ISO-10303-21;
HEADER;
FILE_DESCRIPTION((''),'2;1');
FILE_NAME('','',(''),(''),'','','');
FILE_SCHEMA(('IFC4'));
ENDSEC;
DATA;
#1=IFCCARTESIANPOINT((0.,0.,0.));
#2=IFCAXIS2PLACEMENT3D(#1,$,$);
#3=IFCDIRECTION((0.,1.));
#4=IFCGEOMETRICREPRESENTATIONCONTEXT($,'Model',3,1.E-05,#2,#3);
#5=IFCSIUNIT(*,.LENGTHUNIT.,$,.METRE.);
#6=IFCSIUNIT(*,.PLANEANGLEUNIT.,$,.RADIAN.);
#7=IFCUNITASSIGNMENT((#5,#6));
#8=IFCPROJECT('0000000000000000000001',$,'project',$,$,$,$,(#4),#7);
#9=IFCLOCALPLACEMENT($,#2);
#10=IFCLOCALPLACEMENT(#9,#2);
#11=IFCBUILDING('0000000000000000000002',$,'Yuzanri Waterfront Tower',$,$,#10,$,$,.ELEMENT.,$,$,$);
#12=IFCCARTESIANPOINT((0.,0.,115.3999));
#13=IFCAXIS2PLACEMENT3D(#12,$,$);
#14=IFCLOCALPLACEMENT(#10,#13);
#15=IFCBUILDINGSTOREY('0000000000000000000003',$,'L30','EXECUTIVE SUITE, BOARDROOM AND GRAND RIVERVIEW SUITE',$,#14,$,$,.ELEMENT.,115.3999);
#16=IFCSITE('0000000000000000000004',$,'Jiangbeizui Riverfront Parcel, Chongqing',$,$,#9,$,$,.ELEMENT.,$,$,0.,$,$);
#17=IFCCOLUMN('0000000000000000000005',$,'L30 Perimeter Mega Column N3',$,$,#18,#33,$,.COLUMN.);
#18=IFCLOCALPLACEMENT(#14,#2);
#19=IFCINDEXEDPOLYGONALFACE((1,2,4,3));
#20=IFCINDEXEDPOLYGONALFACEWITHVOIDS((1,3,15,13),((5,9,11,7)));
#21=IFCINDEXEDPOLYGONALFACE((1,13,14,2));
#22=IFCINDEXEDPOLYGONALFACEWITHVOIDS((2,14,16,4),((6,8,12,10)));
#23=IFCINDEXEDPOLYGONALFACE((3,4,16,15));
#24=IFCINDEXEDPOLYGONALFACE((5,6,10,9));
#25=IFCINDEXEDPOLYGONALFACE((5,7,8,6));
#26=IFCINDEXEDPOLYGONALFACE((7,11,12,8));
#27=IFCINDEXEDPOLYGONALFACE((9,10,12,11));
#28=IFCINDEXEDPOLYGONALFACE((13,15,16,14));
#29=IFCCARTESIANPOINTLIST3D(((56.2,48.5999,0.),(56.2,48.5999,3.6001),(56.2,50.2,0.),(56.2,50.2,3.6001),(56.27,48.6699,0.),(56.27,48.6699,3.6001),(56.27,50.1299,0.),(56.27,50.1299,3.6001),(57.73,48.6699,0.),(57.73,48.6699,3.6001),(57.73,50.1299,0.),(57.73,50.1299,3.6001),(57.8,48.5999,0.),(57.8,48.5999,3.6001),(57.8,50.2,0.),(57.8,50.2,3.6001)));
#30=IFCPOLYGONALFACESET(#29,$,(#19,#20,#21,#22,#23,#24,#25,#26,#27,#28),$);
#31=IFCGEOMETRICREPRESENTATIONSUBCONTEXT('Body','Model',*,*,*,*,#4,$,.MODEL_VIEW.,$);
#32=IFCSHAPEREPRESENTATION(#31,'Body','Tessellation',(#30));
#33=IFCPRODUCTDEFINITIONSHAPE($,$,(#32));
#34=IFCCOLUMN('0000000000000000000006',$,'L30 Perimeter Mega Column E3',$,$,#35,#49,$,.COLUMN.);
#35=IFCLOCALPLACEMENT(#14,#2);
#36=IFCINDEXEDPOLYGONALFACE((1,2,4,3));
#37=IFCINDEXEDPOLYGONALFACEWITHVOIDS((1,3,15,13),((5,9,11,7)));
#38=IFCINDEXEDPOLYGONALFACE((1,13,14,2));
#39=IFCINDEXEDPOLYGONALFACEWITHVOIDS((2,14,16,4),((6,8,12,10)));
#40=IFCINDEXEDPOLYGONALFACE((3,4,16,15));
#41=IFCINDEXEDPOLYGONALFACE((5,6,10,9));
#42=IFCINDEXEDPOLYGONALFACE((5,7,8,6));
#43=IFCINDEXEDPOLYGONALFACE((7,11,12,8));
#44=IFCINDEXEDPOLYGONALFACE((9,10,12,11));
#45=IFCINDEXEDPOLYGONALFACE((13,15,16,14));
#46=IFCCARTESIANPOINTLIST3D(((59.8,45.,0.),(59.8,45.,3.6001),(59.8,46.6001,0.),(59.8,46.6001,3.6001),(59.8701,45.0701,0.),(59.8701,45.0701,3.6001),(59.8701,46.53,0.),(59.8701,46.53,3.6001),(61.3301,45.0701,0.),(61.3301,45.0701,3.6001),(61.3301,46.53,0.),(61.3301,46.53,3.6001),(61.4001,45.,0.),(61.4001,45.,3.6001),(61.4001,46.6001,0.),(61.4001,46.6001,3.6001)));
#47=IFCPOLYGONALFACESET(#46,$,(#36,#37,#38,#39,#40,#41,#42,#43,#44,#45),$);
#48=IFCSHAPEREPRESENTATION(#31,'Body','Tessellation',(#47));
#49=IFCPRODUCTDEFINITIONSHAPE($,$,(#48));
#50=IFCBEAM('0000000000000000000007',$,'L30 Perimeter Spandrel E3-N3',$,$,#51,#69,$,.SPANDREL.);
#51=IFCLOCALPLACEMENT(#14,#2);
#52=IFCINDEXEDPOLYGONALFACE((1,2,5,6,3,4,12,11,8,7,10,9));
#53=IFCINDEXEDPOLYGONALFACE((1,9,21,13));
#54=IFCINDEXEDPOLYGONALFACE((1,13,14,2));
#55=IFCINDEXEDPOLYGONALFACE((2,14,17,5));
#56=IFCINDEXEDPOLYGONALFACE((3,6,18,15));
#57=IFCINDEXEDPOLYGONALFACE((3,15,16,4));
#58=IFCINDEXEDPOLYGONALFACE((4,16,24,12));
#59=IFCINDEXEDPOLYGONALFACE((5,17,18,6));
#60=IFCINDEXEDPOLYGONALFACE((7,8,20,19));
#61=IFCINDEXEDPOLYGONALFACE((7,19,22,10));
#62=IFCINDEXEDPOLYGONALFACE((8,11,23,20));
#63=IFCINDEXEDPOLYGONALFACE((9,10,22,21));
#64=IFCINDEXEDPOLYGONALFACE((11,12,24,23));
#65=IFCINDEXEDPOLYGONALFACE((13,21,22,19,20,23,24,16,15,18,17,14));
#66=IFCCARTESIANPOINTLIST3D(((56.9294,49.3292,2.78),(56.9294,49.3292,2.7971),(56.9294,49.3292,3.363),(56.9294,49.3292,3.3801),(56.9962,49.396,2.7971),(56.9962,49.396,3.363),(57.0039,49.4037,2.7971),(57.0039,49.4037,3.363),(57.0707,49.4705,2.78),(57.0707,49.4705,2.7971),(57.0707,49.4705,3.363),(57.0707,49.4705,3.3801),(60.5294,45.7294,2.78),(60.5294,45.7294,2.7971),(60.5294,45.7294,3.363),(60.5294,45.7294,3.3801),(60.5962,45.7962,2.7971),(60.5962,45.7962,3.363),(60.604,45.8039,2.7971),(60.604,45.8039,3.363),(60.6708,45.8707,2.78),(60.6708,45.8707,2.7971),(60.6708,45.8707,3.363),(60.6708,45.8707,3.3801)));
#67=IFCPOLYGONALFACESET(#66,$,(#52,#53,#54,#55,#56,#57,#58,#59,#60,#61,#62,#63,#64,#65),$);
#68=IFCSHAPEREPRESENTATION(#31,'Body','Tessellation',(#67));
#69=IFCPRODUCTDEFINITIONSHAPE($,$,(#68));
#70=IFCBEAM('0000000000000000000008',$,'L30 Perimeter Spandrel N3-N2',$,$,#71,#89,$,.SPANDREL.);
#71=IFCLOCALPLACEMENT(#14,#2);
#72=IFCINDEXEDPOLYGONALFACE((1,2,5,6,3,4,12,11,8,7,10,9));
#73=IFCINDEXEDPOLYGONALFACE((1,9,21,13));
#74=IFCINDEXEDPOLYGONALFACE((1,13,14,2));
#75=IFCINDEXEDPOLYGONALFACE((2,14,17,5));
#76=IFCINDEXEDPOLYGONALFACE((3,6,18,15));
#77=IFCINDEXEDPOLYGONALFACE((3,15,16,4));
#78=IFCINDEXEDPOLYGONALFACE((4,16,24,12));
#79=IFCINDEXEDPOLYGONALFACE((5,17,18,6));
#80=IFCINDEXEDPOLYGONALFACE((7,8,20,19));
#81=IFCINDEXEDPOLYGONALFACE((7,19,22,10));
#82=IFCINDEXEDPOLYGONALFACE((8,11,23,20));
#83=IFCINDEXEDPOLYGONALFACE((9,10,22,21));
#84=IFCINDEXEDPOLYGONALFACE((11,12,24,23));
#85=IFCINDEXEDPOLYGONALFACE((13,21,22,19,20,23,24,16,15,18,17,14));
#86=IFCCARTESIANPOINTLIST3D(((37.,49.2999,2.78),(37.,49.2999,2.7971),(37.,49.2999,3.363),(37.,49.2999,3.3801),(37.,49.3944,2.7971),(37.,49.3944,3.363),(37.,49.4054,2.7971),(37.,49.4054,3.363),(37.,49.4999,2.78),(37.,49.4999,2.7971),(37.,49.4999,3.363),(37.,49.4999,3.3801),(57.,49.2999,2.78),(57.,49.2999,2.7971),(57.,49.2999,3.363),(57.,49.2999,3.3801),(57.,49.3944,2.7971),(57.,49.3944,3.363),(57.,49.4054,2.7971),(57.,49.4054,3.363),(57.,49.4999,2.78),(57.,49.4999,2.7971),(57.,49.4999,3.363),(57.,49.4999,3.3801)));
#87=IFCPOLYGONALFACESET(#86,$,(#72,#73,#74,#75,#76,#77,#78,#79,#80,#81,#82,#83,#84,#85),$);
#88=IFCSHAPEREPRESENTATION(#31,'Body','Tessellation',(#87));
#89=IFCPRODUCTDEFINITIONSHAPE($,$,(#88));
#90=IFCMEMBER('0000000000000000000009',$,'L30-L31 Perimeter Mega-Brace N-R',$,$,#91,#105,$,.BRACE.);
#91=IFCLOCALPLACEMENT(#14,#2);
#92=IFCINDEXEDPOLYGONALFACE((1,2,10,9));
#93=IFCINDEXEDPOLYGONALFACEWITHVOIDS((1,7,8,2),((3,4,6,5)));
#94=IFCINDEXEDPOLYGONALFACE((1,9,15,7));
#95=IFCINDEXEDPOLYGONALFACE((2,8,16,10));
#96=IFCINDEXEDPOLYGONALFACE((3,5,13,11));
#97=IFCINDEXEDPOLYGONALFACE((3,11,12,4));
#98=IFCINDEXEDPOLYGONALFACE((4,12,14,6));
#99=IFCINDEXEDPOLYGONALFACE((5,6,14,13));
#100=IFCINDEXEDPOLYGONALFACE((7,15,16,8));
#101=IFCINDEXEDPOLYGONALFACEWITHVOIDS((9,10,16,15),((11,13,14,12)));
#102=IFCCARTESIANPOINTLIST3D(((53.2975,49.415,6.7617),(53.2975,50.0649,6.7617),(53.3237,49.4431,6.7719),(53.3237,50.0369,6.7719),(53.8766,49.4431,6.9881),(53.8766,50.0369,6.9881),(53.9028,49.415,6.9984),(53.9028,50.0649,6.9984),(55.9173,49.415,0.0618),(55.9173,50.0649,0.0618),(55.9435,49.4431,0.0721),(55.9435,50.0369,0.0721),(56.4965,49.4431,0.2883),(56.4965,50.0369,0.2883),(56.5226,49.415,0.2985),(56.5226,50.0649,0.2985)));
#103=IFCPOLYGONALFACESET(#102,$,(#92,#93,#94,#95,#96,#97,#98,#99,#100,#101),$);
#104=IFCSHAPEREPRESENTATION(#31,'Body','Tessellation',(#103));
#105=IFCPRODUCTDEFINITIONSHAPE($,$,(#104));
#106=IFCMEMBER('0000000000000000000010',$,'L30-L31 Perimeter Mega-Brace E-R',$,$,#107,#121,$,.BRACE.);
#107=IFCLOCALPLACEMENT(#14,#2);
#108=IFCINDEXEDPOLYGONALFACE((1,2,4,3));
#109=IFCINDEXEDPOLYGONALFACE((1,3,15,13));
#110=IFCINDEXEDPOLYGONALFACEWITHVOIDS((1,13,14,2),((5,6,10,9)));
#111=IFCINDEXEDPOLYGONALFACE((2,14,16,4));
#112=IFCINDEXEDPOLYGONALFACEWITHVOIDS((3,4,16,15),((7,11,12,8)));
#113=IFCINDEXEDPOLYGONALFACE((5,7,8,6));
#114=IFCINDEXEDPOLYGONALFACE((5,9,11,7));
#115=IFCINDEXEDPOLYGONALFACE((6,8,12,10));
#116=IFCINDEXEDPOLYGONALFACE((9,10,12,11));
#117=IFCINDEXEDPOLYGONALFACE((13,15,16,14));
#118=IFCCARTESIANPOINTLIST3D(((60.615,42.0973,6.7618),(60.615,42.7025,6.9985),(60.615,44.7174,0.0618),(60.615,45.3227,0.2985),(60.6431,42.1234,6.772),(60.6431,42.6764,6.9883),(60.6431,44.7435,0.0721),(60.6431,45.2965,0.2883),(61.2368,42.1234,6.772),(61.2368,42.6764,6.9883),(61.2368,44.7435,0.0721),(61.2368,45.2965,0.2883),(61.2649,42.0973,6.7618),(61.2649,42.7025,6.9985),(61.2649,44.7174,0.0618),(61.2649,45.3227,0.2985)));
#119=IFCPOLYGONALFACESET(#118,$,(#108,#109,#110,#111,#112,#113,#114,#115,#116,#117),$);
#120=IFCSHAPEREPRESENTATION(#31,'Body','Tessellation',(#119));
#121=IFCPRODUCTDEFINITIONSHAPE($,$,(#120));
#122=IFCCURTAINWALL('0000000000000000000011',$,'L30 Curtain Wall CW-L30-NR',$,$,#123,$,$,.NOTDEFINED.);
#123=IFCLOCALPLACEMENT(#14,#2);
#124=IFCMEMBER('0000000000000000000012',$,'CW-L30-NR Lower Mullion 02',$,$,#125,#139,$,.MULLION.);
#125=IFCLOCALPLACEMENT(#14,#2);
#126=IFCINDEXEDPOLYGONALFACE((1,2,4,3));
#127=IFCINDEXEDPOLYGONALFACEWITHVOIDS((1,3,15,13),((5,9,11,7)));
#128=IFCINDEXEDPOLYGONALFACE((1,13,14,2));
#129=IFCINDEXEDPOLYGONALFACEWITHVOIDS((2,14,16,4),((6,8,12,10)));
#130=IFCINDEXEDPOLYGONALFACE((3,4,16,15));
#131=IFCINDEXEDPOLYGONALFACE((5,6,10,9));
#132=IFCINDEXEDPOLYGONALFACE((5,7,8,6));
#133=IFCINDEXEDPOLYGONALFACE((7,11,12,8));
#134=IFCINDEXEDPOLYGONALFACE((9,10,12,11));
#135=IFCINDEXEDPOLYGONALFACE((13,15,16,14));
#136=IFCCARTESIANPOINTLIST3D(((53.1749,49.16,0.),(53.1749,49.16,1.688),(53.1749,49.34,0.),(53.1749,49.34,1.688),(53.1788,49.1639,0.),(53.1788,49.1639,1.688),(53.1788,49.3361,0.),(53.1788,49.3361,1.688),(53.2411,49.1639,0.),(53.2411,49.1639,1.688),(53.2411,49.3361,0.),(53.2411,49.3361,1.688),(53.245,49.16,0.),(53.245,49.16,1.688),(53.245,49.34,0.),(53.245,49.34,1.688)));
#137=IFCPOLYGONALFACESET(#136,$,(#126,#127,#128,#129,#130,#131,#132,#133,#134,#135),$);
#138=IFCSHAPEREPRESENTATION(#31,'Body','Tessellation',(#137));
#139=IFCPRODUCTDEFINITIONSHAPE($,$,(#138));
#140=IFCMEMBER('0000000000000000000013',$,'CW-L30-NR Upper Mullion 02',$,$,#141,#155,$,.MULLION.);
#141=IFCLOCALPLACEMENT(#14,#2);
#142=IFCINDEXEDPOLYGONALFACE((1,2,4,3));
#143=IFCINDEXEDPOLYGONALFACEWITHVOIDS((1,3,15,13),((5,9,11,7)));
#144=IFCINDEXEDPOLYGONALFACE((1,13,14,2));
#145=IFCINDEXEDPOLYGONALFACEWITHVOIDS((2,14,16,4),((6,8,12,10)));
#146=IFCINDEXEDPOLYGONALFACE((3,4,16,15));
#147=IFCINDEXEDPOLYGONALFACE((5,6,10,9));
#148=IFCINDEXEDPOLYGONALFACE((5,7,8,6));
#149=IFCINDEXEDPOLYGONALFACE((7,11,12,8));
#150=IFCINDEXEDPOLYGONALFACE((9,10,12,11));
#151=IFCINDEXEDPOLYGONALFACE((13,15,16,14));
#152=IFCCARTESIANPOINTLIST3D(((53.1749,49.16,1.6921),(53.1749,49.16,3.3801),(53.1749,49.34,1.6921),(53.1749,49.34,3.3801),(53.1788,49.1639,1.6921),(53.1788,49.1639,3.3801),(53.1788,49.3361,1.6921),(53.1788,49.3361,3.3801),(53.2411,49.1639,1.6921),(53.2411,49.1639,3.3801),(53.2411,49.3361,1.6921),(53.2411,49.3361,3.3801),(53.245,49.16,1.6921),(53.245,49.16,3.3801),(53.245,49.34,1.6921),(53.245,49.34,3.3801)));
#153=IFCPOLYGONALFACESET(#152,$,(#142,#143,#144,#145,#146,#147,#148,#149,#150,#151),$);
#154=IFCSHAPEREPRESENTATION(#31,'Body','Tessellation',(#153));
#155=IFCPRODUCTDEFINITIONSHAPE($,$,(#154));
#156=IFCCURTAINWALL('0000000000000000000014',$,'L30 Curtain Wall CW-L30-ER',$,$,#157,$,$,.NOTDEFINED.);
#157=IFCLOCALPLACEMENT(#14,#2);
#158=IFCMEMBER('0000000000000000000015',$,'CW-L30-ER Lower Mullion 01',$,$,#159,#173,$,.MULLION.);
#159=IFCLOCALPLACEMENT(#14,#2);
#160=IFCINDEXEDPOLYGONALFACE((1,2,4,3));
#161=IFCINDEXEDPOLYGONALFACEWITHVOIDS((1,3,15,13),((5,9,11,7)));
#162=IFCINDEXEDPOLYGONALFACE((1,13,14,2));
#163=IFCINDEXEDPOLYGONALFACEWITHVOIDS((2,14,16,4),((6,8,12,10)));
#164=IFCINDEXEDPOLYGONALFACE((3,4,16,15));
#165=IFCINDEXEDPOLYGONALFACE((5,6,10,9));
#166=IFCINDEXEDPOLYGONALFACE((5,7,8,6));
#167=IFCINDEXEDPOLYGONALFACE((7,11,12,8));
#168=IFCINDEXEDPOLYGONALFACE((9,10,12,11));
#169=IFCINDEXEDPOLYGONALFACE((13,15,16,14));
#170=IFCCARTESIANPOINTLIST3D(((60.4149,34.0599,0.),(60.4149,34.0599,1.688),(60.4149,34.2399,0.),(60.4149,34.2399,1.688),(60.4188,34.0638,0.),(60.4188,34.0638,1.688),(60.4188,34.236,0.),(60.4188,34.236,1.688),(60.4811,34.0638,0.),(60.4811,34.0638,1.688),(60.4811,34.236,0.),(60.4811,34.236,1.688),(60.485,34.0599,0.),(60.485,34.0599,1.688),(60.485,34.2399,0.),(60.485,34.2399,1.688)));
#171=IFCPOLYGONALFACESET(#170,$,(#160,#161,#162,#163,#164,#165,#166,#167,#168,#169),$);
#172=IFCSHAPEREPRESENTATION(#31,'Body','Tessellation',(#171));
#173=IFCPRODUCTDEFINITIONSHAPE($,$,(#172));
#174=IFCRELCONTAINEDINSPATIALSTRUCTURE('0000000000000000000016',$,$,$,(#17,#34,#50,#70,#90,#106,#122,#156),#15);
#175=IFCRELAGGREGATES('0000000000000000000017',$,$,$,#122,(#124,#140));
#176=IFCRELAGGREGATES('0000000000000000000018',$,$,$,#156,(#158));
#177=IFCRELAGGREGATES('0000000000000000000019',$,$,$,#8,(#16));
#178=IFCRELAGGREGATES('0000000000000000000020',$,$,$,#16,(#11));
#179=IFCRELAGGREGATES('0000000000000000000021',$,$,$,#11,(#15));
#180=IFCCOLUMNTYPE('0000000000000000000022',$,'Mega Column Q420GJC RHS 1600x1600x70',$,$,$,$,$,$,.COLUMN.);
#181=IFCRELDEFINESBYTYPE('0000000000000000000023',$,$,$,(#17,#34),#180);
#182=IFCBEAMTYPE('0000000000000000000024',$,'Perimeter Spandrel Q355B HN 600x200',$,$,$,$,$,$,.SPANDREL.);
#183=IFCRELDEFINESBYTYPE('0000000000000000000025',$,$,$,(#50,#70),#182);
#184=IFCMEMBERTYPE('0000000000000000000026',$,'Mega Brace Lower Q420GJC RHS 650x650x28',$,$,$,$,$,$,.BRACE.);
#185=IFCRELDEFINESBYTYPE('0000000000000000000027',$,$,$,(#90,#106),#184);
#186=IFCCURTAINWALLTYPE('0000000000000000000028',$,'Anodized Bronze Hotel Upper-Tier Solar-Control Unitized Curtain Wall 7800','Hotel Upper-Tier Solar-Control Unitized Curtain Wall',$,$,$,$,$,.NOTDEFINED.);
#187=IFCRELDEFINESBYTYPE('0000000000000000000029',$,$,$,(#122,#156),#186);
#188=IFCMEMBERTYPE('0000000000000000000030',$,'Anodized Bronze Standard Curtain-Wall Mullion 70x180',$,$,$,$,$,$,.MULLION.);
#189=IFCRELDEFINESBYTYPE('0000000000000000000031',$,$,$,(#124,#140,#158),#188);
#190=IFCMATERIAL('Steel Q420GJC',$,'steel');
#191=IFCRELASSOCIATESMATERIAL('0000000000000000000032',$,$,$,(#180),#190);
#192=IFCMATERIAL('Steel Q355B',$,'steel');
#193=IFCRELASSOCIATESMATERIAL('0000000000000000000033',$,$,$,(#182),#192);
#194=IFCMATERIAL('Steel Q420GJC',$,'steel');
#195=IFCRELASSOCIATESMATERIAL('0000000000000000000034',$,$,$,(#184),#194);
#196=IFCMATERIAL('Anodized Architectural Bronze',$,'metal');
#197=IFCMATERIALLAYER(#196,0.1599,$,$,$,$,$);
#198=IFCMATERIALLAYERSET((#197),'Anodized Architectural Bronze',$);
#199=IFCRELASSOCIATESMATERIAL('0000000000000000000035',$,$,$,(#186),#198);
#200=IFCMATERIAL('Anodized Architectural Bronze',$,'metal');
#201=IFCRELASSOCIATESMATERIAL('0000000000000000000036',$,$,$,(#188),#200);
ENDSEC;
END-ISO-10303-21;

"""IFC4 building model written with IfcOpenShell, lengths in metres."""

from ifc_helpers import new_model, si_unit, direction, frame, origin, origin_2d, place, context, subcontext, project, spatial, hollow_rectangle, i_section, extrude, source, transform, mapped, material, layer, layer_set, material_profile, profile_set, type_object, element, aggregate, save


model = new_model("IFC4")

# Units and contexts
model_context = context("Model", 3, precision=1e-05, world=origin(), true_north=direction((0.0, 1.0)))
body_context = subcontext(model_context, "Body", "Model", "MODEL_VIEW")
ifc_project = project(units=[si_unit("LENGTHUNIT", "METRE"), si_unit("PLANEANGLEUNIT", "RADIAN")], contexts=[model_context])

# Site, building, storey
site_placement = place(None, origin())
site = spatial("IfcSite", under=ifc_project, at=site_placement, Name="Jiangbeizui Riverfront Parcel, Chongqing", CompositionType="ELEMENT", RefElevation=0.0)
building_placement = place(site_placement, origin())
building = spatial("IfcBuilding", under=site, at=building_placement, Name="Yuzanri Waterfront Tower", CompositionType="ELEMENT")
storey_placement = place(building_placement, frame((0.0, 0.0, 115.3999)))
storey = spatial("IfcBuildingStorey", under=building, at=storey_placement, Name="L30", Description="EXECUTIVE SUITE, BOARDROOM AND GRAND RIVERVIEW SUITE", CompositionType="ELEMENT", Elevation=115.3999)

# Columns
ifc_material_1 = material(Name="Steel Q420GJC", Category="steel")
ifc_material_profile_1 = material_profile(ifc_material_1, hollow_rectangle(XDim=1.6001, YDim=1.6001, WallThickness=0.0701, at=origin_2d()), Name="RHS 1600x1600x70")
ifc_profile_set_1 = profile_set([ifc_material_profile_1], Name="Steel Q420GJC")
column_type = type_object("IfcColumnType", Name="Mega Column Q420GJC RHS 1600x1600x70", PredefinedType="COLUMN", material=ifc_profile_set_1)
shared_shape_1 = source(origin(), body_context, "Body", "SweptSolid", [
    extrude(hollow_rectangle(XDim=1.6001, YDim=1.6001, WallThickness=0.0701, at=origin_2d()), origin(), (0.0, 0.0, 1.0), 3.6001),
])
for number, where, z_axis, x_axis, name in (
    (1, (57.0, 49.3999, 0.0), (0.0, 0.0, 1.0), (1.0, 0.0, 0.0), "L30 Perimeter Mega Column N3"),
    (2, (60.6001, 45.8, 0.0), (0.0, 0.0, 1.0), (1.0, 0.0, 0.0), "L30 Perimeter Mega Column E3"),
):
    element("IfcColumn", number, at=place(storey_placement, frame(where, z_axis=z_axis, x_axis=x_axis)), inside=storey, type_object=column_type, Name=name, PredefinedType="COLUMN", context=body_context, shape_type="MappedRepresentation", body=[
        mapped(shared_shape_1, transform((0.0, 0.0, 0.0), scale=1.0)),
    ])

# Beams
ifc_material_2 = material(Name="Steel Q355B", Category="steel")
ifc_material_profile_2 = material_profile(ifc_material_2, i_section(OverallWidth=0.2, OverallDepth=0.6001, WebThickness=0.011, FlangeThickness=0.0171, at=origin_2d()), Name="HN 600x200x11x17")
ifc_profile_set_2 = profile_set([ifc_material_profile_2], Name="Steel Q355B")
beam_type = type_object("IfcBeamType", Name="Perimeter Spandrel Q355B HN 600x200", PredefinedType="SPANDREL", material=ifc_profile_set_2)
shared_shape_2 = source(origin(), body_context, "Body", "SweptSolid", [
    extrude(i_section(OverallWidth=0.2, OverallDepth=0.6001, WebThickness=0.011, FlangeThickness=0.0171, at=origin_2d()), origin(), (0.0, 0.0, 1.0), 5.0911),
])
beam_1_placement = place(storey_placement, frame((60.6001, 45.8, 3.0801), z_axis=(-0.707131, 0.707083, 0.0), x_axis=(-0.707083, -0.707131, 0.0)))
element("IfcBeam", 3, at=beam_1_placement, inside=storey, type_object=beam_type, Name="L30 Perimeter Spandrel E3-N3", PredefinedType="SPANDREL", context=body_context, shape_type="MappedRepresentation", body=[
    mapped(shared_shape_2, transform((0.0, 0.0, 0.0), scale=1.0)),
])
shared_shape_3 = source(origin(), body_context, "Body", "SweptSolid", [
    extrude(i_section(OverallWidth=0.2, OverallDepth=0.6001, WebThickness=0.011, FlangeThickness=0.0171, at=origin_2d()), origin(), (0.0, 0.0, 1.0), 20.0),
])
beam_2_placement = place(storey_placement, frame((57.0, 49.3999, 3.0801), z_axis=(-1.0, 0.0, 0.0), x_axis=(0.0, -1.0, 0.0)))
element("IfcBeam", 4, at=beam_2_placement, inside=storey, type_object=beam_type, Name="L30 Perimeter Spandrel N3-N2", PredefinedType="SPANDREL", context=body_context, shape_type="MappedRepresentation", body=[
    mapped(shared_shape_3, transform((0.0, 0.0, 0.0), scale=1.0)),
])

# Members
ifc_material_3 = material(Name="Steel Q420GJC", Category="steel")
ifc_material_profile_3 = material_profile(ifc_material_3, hollow_rectangle(XDim=0.6499, YDim=0.6499, WallThickness=0.0281, at=origin_2d()), Name="RHS 650x650x28")
ifc_profile_set_3 = profile_set([ifc_material_profile_3], Name="Steel Q420GJC")
member_type_1 = type_object("IfcMemberType", Name="Mega Brace Lower Q420GJC RHS 650x650x28", PredefinedType="BRACE", material=ifc_profile_set_3)
shared_shape_4 = source(origin(), body_context, "Body", "SweptSolid", [
    extrude(hollow_rectangle(XDim=0.6499, YDim=0.6499, WallThickness=0.0281, at=origin_2d()), origin(), (0.0, 0.0, 1.0), 7.1938),
])
member_1_placement = place(storey_placement, frame((56.22, 49.74, 0.1802), z_axis=(-0.364177, 0.0, 0.93133), x_axis=(0.0, -1.0, 0.0)))
element("IfcMember", 5, at=member_1_placement, inside=storey, type_object=member_type_1, Name="L30-L31 Perimeter Mega-Brace N-R", PredefinedType="BRACE", context=body_context, shape_type="MappedRepresentation", body=[
    mapped(shared_shape_4, transform((0.0, 0.0, 0.0), scale=1.0)),
])
shared_shape_5 = source(origin(), body_context, "Body", "SweptSolid", [
    extrude(hollow_rectangle(XDim=0.6499, YDim=0.6499, WallThickness=0.0281, at=origin_2d()), origin(), (0.0, 0.0, 1.0), 7.1941),
])
member_2_placement = place(storey_placement, frame((60.9399, 45.02, 0.1802), z_axis=(0.0, -0.364206, 0.931318), x_axis=(1.0, 0.0, 0.0)))
element("IfcMember", 6, at=member_2_placement, inside=storey, type_object=member_type_1, Name="L30-L31 Perimeter Mega-Brace E-R", PredefinedType="BRACE", context=body_context, shape_type="MappedRepresentation", body=[
    mapped(shared_shape_5, transform((0.0, 0.0, 0.0), scale=1.0)),
])

# Curtain walls, members
ifc_material_4 = material(Name="Anodized Architectural Bronze", Category="metal")
ifc_layer_1 = layer(ifc_material_4, 0.1599)
ifc_layer_set_1 = layer_set([ifc_layer_1], Name="Anodized Architectural Bronze")
curtain_wall_type = type_object("IfcCurtainWallType", Name="Anodized Bronze Hotel Upper-Tier Solar-Control Unitized Curtain Wall 7800", Description="Hotel Upper-Tier Solar-Control Unitized Curtain Wall", PredefinedType="NOTDEFINED", material=ifc_layer_set_1)
curtain_wall_1_placement = place(storey_placement, origin())
curtain_wall_1 = element("IfcCurtainWall", 7, at=curtain_wall_1_placement, inside=storey, type_object=curtain_wall_type, Name="L30 Curtain Wall CW-L30-NR", PredefinedType="NOTDEFINED")
ifc_material_5 = material(Name="Anodized Architectural Bronze", Category="metal")
ifc_material_profile_4 = material_profile(ifc_material_5, hollow_rectangle(XDim=0.0701, YDim=0.1799, WallThickness=0.0039, at=origin_2d()), Name="CWM 70x180")
ifc_profile_set_4 = profile_set([ifc_material_profile_4], Name="Anodized Architectural Bronze")
member_type_2 = type_object("IfcMemberType", Name="Anodized Bronze Standard Curtain-Wall Mullion 70x180", PredefinedType="MULLION", material=ifc_profile_set_4)
shared_shape_6 = source(origin(), body_context, "Body", "SweptSolid", [
    extrude(hollow_rectangle(XDim=0.0701, YDim=0.1799, WallThickness=0.0039, at=origin_2d()), origin(), (0.0, 0.0, 1.0), 1.688),
])
member_3_placement = place(storey_placement, frame((53.21, 49.25, 0.0), z_axis=(0.0, 0.0, 1.0), x_axis=(1.0, 0.0, 0.0)))
member_3 = element("IfcMember", 8, at=member_3_placement, type_object=member_type_2, Name="CW-L30-NR Lower Mullion 02", PredefinedType="MULLION", context=body_context, shape_type="MappedRepresentation", body=[
    mapped(shared_shape_6, transform((0.0, 0.0, 0.0), scale=1.0)),
])
member_4_placement = place(storey_placement, frame((53.21, 49.25, 1.6921), z_axis=(0.0, 0.0, 1.0), x_axis=(1.0, 0.0, 0.0)))
member_4 = element("IfcMember", 9, at=member_4_placement, type_object=member_type_2, Name="CW-L30-NR Upper Mullion 02", PredefinedType="MULLION", context=body_context, shape_type="MappedRepresentation", body=[
    mapped(shared_shape_6, transform((0.0, 0.0, 0.0), scale=1.0)),
])
aggregate(curtain_wall_1, [member_3, member_4])
curtain_wall_2_placement = place(storey_placement, origin())
curtain_wall_2 = element("IfcCurtainWall", 10, at=curtain_wall_2_placement, inside=storey, type_object=curtain_wall_type, Name="L30 Curtain Wall CW-L30-ER", PredefinedType="NOTDEFINED")
member_5_placement = place(storey_placement, frame((60.45, 34.1499, 0.0), z_axis=(0.0, 0.0, 1.0), x_axis=(1.0, 0.0, 0.0)))
member_5 = element("IfcMember", 11, at=member_5_placement, type_object=member_type_2, Name="CW-L30-ER Lower Mullion 01", PredefinedType="MULLION", context=body_context, shape_type="MappedRepresentation", body=[
    mapped(shared_shape_6, transform((0.0, 0.0, 0.0), scale=1.0)),
])

aggregate(curtain_wall_2, [member_5])

save(model, "model.ifc")
